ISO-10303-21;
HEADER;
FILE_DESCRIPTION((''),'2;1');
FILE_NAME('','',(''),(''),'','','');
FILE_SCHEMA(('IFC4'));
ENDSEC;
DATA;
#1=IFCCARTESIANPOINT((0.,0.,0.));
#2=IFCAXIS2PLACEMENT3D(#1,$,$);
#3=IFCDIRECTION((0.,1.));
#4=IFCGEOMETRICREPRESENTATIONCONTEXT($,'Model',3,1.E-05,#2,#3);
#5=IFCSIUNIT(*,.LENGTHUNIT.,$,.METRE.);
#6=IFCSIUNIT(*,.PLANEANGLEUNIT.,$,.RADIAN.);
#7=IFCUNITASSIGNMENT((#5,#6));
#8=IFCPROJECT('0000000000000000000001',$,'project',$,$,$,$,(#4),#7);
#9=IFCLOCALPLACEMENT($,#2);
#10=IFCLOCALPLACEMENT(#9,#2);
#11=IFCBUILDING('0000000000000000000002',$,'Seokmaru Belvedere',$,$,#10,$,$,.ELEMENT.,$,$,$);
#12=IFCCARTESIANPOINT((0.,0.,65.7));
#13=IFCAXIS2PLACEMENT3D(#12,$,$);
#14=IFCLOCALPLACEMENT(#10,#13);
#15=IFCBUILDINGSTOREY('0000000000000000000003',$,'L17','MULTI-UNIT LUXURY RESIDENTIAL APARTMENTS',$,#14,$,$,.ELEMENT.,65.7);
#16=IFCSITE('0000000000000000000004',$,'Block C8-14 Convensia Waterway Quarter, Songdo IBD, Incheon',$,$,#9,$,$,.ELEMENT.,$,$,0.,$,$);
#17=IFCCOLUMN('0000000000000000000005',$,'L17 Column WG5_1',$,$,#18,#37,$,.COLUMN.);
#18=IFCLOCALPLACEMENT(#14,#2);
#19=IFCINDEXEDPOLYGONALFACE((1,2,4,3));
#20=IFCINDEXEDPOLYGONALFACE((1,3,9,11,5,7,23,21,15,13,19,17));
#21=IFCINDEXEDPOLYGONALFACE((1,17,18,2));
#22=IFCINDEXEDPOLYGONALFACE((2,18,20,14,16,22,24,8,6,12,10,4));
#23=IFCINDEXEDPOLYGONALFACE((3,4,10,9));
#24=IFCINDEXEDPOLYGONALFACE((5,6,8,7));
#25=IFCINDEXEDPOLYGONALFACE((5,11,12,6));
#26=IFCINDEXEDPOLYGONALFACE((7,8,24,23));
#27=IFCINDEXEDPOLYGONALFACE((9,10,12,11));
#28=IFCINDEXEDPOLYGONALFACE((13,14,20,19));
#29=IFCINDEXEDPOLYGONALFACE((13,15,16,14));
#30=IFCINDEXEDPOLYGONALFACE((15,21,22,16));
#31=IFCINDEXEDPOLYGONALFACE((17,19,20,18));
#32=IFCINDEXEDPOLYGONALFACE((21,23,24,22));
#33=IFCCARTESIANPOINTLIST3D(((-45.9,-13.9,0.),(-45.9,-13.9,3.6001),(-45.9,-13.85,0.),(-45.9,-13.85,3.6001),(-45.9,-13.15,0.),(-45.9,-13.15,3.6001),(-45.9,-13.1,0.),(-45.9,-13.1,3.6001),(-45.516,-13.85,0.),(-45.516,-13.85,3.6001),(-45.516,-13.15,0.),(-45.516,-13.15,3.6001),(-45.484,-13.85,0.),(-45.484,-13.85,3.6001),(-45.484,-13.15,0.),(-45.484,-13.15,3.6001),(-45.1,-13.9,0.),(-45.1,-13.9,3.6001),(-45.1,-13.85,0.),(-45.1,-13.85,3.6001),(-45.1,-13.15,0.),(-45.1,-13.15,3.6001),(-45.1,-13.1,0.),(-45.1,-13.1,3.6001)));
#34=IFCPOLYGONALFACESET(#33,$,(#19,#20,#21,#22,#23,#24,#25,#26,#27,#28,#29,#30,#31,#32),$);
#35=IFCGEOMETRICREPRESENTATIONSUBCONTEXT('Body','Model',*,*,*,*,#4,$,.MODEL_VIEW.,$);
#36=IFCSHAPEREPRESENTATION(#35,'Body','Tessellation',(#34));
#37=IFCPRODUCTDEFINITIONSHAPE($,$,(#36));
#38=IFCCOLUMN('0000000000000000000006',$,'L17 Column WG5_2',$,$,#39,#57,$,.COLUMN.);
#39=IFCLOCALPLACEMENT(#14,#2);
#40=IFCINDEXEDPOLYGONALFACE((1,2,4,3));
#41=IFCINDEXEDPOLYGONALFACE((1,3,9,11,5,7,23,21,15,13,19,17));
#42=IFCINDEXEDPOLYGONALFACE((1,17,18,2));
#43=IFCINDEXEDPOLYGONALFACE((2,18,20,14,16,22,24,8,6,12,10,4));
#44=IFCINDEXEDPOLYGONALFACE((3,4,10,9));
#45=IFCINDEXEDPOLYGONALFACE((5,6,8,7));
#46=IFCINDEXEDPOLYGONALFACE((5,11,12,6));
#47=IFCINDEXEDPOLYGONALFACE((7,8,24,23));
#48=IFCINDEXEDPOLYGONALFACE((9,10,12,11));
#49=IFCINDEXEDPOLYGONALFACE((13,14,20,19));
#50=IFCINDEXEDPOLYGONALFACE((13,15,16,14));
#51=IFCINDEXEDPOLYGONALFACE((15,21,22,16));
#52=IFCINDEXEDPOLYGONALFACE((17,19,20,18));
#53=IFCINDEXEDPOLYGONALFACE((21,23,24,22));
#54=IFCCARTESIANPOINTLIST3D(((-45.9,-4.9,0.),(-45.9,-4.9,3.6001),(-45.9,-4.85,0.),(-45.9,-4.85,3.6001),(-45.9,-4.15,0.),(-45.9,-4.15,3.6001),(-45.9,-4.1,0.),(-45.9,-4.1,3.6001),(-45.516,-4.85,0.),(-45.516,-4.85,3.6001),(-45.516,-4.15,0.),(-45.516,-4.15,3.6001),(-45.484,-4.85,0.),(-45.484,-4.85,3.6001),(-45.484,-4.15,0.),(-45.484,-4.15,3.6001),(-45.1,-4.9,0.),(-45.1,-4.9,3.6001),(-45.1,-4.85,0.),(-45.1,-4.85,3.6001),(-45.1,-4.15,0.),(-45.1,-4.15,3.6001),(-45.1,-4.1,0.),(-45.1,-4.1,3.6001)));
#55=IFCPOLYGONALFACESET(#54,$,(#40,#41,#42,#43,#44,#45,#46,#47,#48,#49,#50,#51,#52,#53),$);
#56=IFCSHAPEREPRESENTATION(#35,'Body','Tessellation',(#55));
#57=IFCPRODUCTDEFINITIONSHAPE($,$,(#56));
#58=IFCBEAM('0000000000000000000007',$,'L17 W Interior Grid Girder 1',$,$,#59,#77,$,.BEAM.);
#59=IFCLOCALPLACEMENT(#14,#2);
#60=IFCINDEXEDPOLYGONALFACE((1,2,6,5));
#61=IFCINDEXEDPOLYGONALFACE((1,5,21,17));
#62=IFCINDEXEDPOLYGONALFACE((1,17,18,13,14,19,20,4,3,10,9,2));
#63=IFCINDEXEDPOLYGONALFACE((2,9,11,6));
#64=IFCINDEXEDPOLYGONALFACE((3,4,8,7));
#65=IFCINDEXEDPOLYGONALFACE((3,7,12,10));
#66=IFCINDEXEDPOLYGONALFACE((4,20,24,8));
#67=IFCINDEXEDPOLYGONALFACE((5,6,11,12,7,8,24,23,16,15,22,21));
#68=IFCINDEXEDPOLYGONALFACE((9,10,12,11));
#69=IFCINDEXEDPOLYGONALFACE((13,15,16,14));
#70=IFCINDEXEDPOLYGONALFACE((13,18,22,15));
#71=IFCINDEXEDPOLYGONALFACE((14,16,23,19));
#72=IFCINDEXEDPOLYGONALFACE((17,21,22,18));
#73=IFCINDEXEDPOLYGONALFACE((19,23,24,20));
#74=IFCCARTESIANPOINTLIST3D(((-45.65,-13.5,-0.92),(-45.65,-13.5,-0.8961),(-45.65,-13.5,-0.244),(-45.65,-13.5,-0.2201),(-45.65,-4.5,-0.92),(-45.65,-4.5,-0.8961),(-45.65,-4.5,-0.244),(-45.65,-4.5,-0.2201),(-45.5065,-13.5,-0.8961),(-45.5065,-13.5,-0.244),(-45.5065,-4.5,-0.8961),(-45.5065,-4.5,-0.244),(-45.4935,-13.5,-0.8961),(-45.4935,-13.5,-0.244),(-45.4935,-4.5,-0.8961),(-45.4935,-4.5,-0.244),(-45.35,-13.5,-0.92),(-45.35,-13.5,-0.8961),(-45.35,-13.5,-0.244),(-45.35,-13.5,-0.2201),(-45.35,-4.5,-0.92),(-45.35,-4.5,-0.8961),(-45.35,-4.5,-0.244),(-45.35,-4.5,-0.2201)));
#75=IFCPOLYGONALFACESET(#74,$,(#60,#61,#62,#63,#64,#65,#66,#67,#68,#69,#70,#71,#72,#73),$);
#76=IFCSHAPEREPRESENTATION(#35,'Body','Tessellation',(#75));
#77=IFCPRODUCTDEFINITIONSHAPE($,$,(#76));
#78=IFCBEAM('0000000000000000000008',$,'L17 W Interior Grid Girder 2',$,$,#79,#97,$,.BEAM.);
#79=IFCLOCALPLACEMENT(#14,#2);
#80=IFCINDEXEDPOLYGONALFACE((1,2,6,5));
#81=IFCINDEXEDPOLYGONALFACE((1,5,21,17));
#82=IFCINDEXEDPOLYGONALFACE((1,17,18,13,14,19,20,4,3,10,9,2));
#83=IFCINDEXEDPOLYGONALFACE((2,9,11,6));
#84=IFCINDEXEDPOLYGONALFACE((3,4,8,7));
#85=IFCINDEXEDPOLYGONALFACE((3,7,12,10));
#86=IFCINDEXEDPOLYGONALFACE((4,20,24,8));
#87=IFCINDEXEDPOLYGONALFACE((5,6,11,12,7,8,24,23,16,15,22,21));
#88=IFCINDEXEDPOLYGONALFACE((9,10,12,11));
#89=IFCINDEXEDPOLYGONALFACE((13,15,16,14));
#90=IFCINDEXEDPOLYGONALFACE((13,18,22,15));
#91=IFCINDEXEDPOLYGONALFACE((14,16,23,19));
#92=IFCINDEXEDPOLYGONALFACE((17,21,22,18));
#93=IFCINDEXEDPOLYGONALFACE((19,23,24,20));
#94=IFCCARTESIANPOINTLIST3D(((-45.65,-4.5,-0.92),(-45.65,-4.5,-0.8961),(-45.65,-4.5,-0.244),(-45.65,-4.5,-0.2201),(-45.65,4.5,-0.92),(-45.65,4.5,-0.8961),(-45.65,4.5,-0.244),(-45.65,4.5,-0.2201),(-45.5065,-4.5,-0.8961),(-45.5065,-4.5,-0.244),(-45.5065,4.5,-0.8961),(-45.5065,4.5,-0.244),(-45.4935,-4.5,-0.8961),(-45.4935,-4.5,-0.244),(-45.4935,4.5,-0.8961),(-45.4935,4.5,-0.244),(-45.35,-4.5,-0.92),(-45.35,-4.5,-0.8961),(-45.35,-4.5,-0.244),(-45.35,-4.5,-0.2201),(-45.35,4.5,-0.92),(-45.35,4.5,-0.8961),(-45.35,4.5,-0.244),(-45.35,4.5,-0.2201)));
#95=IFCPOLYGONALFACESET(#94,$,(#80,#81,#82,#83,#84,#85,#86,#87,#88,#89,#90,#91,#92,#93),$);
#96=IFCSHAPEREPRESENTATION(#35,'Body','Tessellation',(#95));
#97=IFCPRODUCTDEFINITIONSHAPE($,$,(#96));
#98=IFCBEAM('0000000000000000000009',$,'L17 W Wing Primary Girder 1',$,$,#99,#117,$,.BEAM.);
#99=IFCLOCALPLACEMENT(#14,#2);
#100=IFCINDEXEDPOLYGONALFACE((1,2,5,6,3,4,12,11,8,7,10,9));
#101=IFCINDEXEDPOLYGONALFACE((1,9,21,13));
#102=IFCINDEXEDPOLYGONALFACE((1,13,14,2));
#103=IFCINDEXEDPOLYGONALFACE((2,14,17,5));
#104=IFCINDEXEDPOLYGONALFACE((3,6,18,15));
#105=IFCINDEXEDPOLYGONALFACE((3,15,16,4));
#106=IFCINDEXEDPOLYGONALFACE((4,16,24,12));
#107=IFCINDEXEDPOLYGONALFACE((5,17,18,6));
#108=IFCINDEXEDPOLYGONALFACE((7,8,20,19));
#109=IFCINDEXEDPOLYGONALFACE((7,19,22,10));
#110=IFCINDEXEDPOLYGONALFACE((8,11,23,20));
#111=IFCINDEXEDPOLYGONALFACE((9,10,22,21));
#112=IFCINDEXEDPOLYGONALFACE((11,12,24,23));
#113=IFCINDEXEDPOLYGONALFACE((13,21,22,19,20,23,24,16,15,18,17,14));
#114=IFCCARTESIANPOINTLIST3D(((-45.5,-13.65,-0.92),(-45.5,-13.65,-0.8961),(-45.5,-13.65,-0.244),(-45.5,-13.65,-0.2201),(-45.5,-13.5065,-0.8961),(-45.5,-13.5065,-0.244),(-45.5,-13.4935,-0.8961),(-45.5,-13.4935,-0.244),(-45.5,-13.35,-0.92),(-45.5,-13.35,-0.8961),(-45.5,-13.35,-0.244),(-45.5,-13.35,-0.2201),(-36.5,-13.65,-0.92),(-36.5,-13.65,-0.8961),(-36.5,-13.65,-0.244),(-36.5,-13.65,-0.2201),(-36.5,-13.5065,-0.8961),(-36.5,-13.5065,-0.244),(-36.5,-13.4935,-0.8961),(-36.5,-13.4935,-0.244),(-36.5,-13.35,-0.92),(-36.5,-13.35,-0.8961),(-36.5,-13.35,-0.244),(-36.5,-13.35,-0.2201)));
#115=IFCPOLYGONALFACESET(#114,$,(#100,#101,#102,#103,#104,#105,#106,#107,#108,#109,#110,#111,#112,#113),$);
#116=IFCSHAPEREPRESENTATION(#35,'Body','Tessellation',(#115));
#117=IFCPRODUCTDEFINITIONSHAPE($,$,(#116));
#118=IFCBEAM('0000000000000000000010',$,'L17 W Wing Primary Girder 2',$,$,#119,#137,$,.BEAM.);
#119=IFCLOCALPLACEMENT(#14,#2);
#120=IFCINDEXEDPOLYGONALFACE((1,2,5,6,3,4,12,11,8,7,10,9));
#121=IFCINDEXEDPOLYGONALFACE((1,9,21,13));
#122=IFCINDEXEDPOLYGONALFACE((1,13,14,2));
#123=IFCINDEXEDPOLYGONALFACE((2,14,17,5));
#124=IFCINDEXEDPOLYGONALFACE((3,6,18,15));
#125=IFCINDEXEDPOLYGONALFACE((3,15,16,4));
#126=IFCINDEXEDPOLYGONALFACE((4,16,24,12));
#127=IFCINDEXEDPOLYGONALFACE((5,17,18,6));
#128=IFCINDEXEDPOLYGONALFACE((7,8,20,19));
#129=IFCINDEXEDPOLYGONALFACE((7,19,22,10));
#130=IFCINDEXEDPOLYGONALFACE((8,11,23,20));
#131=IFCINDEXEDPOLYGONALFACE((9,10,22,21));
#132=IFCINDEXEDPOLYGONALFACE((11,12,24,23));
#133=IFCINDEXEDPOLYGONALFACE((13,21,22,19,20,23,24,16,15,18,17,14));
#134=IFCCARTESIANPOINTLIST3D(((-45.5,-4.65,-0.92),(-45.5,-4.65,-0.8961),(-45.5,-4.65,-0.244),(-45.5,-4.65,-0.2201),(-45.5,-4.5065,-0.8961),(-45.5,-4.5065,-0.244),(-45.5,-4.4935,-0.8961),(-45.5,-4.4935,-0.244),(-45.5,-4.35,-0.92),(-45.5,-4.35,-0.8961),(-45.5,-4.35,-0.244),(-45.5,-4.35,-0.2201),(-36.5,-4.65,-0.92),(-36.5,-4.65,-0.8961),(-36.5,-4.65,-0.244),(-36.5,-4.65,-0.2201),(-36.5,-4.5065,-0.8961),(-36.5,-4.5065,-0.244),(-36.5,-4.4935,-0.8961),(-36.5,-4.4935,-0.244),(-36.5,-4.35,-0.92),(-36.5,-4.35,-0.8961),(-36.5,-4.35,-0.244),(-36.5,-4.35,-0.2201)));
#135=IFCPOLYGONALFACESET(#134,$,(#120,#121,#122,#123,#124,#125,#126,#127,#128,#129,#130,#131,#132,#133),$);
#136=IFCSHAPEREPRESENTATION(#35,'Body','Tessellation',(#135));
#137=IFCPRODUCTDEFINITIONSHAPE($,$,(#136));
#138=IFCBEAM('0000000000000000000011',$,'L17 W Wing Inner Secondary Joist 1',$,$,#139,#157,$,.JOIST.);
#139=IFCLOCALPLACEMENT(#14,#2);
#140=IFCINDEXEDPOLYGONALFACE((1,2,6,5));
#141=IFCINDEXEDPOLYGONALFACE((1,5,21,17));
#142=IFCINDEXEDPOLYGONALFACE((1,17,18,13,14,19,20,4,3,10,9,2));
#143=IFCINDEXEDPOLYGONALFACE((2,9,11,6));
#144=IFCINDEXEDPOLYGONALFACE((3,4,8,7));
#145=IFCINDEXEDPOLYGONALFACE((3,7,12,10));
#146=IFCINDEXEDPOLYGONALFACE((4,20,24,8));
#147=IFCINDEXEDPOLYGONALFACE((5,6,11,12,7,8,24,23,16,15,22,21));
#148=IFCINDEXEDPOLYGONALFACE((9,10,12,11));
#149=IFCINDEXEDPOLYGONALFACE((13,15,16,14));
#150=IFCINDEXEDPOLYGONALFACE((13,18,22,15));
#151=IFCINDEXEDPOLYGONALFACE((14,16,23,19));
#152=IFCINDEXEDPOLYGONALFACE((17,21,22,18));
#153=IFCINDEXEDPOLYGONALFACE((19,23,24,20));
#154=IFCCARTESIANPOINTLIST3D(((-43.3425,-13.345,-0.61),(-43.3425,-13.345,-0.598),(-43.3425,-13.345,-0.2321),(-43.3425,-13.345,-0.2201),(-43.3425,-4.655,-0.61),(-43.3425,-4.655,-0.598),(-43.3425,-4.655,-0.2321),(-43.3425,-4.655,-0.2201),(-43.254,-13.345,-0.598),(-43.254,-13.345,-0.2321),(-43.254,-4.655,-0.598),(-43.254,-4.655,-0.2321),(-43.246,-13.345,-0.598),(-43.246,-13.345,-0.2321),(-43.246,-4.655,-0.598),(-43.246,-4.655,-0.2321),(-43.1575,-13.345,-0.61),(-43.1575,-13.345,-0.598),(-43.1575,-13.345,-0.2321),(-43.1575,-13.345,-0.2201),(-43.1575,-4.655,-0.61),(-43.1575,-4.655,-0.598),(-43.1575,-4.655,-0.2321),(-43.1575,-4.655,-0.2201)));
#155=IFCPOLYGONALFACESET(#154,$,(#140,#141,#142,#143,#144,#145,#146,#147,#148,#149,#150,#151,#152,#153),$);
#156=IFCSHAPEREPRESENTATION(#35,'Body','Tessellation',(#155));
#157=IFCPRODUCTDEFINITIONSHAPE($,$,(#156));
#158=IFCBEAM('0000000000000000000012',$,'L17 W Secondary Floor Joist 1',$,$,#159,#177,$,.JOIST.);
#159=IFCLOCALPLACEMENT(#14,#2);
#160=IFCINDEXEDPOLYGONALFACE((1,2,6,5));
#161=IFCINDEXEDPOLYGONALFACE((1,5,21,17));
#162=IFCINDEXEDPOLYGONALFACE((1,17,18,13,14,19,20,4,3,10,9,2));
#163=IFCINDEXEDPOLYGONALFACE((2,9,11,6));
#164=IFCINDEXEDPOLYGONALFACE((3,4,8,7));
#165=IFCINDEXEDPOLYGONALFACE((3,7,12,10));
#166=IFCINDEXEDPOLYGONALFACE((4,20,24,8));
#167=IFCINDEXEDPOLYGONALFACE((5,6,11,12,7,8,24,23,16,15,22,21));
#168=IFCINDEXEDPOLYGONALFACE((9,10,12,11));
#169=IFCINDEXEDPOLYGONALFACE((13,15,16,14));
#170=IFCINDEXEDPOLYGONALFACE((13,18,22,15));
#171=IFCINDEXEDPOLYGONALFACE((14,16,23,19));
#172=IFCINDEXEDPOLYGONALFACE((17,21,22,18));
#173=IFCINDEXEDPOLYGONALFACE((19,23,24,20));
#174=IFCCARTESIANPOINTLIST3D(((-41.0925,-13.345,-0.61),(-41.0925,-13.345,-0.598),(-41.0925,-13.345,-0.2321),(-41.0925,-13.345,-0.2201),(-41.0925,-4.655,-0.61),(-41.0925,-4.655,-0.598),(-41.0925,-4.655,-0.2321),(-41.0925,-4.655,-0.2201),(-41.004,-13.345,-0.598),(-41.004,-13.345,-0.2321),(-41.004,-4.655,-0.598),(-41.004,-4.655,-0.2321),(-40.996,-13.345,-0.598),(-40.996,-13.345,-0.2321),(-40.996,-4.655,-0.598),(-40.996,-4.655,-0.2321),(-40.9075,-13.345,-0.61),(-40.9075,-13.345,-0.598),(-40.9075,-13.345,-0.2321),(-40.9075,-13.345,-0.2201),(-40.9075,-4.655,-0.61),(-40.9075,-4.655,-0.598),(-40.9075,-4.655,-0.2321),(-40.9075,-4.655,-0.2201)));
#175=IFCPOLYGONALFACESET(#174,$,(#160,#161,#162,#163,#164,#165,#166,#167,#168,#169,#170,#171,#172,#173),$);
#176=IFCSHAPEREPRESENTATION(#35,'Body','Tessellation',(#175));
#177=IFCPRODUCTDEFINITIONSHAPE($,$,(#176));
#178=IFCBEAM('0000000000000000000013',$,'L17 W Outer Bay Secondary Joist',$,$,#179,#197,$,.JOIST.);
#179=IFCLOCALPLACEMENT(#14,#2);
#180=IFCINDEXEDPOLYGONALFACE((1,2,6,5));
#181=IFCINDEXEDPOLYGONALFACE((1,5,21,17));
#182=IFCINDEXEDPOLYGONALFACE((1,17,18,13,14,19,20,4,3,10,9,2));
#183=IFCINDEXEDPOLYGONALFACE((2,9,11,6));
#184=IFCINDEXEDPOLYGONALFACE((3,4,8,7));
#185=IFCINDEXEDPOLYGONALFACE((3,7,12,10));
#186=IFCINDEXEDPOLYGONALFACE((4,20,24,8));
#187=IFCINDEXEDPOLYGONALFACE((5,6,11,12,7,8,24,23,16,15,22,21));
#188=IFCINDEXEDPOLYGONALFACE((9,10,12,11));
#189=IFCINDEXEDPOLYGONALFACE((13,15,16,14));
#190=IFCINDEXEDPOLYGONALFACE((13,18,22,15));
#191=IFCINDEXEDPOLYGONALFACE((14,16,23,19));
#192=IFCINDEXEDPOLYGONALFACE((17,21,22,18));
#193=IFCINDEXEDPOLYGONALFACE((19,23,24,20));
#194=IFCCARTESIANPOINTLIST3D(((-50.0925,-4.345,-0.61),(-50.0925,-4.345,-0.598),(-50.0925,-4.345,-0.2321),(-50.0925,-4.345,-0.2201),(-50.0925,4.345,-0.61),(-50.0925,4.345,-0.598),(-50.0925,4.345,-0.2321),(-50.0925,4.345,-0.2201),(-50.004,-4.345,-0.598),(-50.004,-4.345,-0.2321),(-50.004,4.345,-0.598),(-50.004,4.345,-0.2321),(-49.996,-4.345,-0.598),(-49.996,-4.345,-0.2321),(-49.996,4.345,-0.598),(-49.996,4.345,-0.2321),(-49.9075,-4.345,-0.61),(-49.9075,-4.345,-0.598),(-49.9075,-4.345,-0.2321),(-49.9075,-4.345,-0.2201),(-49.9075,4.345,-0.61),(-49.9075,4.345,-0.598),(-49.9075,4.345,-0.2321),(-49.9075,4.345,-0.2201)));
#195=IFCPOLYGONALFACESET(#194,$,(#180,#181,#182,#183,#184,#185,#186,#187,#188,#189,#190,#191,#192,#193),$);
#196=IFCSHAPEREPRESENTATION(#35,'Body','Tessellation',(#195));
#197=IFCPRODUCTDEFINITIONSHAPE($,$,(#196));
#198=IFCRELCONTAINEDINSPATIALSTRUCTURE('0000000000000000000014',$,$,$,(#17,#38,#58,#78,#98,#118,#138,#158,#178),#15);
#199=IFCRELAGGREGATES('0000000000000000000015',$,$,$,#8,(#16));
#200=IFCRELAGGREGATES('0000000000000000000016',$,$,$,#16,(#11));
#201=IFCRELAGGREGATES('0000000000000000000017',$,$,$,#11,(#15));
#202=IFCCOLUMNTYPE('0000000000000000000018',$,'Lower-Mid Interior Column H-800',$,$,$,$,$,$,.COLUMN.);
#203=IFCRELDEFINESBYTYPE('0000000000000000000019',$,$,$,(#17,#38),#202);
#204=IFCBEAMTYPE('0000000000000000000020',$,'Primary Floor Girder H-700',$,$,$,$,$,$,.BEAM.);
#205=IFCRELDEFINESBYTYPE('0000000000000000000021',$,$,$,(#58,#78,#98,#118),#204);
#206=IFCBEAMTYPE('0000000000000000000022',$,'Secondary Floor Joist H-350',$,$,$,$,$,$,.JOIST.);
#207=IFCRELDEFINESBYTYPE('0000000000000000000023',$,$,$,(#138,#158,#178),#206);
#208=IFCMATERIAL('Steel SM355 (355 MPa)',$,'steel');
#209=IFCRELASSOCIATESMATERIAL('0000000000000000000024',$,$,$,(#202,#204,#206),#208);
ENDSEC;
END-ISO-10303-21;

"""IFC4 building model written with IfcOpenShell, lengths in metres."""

from ifc_helpers import new_model, si_unit, direction, frame, origin, origin_2d, place, context, subcontext, project, spatial, i_section, extrude, source, transform, mapped, material, material_profile, profile_set, type_object, type_shapes, element, save


model = new_model("IFC4")

# Units and contexts
model_context = context("Model", 3, precision=1e-05, world=origin(), true_north=direction((0.0, 1.0)))
body_context = subcontext(model_context, "Body", "Model", "MODEL_VIEW")
ifc_project = project(units=[si_unit("LENGTHUNIT", "METRE"), si_unit("PLANEANGLEUNIT", "RADIAN")], contexts=[model_context])

# Site, building, storey
site_placement = place(None, origin())
site = spatial("IfcSite", under=ifc_project, at=site_placement, Name="Block C8-14 Convensia Waterway Quarter, Songdo IBD, Incheon", CompositionType="ELEMENT", RefElevation=0.0)
building_placement = place(site_placement, origin())
building = spatial("IfcBuilding", under=site, at=building_placement, Name="Seokmaru Belvedere", CompositionType="ELEMENT")
storey_placement = place(building_placement, frame((0.0, 0.0, 65.7)))
storey = spatial("IfcBuildingStorey", under=building, at=storey_placement, Name="L17", Description="MULTI-UNIT LUXURY RESIDENTIAL APARTMENTS", CompositionType="ELEMENT", Elevation=65.7)

# Columns
ifc_material_1 = material(Name="Steel SM355 (355 MPa)", Category="steel")
ifc_material_profile_1 = material_profile(ifc_material_1, i_section(OverallWidth=0.8, OverallDepth=0.8, WebThickness=0.032, FlangeThickness=0.05, at=origin_2d()), Name="H-800x800x32x50")
ifc_profile_set_1 = profile_set([ifc_material_profile_1], Name="Steel SM355 (355 MPa)")
column_type = type_object("IfcColumnType", Name="Lower-Mid Interior Column H-800", PredefinedType="COLUMN", material=ifc_profile_set_1)
shared_shape_1 = source(origin(), body_context, "Body", "SweptSolid", [
    extrude(i_section(OverallWidth=0.8, OverallDepth=0.8, WebThickness=0.032, FlangeThickness=0.05, at=origin_2d()), origin(), (0.0, 0.0, 1.0), 3.6001),
])
type_shapes(column_type, [shared_shape_1])
for number, where, z_axis, x_axis, name in (
    (1, (-45.5, -13.5, 0.0), (0.0, 0.0, 1.0), (1.0, 0.0, 0.0), "L17 Column WG5_1"),
    (2, (-45.5, -4.5, 0.0), (0.0, 0.0, 1.0), (1.0, 0.0, 0.0), "L17 Column WG5_2"),
):
    element("IfcColumn", number, at=place(storey_placement, frame(where, z_axis=z_axis, x_axis=x_axis)), inside=storey, type_object=column_type, Name=name, PredefinedType="COLUMN", context=body_context, shape_type="MappedRepresentation", body=[
        mapped(shared_shape_1, transform((0.0, 0.0, 0.0), scale=1.0)),
    ])

# Beams
ifc_material_profile_2 = material_profile(ifc_material_1, i_section(OverallWidth=0.3, OverallDepth=0.7, WebThickness=0.0129, FlangeThickness=0.0239, at=origin_2d()), Name="H-700x300x13x24")
ifc_profile_set_2 = profile_set([ifc_material_profile_2], Name="Steel SM355 (355 MPa)")
beam_type_1 = type_object("IfcBeamType", Name="Primary Floor Girder H-700", PredefinedType="BEAM", material=ifc_profile_set_2)
shared_shape_2 = source(origin(), body_context, "Body", "SweptSolid", [
    extrude(i_section(OverallWidth=0.3, OverallDepth=0.7, WebThickness=0.0129, FlangeThickness=0.0239, at=origin_2d()), origin(), (0.0, 0.0, 1.0), 9.0),
])
type_shapes(beam_type_1, [shared_shape_2])
for number, where, z_axis, x_axis, name in (
    (3, (-45.5, -13.5, -0.5701), (0.0, 1.0, 0.0), (-1.0, 0.0, 0.0), "L17 W Interior Grid Girder 1"),
    (4, (-45.5, -4.5, -0.5701), (0.0, 1.0, 0.0), (-1.0, 0.0, 0.0), "L17 W Interior Grid Girder 2"),
    (5, (-45.5, -13.5, -0.5701), (1.0, 0.0, 0.0), (0.0, 1.0, 0.0), "L17 W Wing Primary Girder 1"),
    (6, (-45.5, -4.5, -0.5701), (1.0, 0.0, 0.0), (0.0, 1.0, 0.0), "L17 W Wing Primary Girder 2"),
):
    element("IfcBeam", number, at=place(storey_placement, frame(where, z_axis=z_axis, x_axis=x_axis)), inside=storey, type_object=beam_type_1, Name=name, PredefinedType="BEAM", context=body_context, shape_type="MappedRepresentation", body=[
        mapped(shared_shape_2, transform((0.0, 0.0, 0.0), scale=1.0)),
    ])
ifc_material_profile_3 = material_profile(ifc_material_1, i_section(OverallWidth=0.1851, OverallDepth=0.3899, WebThickness=0.0081, FlangeThickness=0.012, at=origin_2d()), Name="H-390x185x8x12")
ifc_profile_set_3 = profile_set([ifc_material_profile_3], Name="Steel SM355 (355 MPa)")
beam_type_2 = type_object("IfcBeamType", Name="Secondary Floor Joist H-350", PredefinedType="JOIST", material=ifc_profile_set_3)
shared_shape_3 = source(origin(), body_context, "Body", "SweptSolid", [
    extrude(i_section(OverallWidth=0.1851, OverallDepth=0.3899, WebThickness=0.0081, FlangeThickness=0.012, at=origin_2d()), origin(), (0.0, 0.0, 1.0), 8.6899),
])
type_shapes(beam_type_2, [shared_shape_3])
for number, where, z_axis, x_axis, name in (
    (7, (-43.25, -13.345, -0.415), (0.0, 1.0, 0.0), (-1.0, 0.0, 0.0), "L17 W Wing Inner Secondary Joist 1"),
    (8, (-41.0, -13.345, -0.415), (0.0, 1.0, 0.0), (-1.0, 0.0, 0.0), "L17 W Secondary Floor Joist 1"),
    (9, (-50.0, -4.345, -0.415), (0.0, 1.0, 0.0), (-1.0, 0.0, 0.0), "L17 W Outer Bay Secondary Joist"),
):
    element("IfcBeam", number, at=place(storey_placement, frame(where, z_axis=z_axis, x_axis=x_axis)), inside=storey, type_object=beam_type_2, Name=name, PredefinedType="JOIST", context=body_context, shape_type="MappedRepresentation", body=[
        mapped(shared_shape_3, transform((0.0, 0.0, 0.0), scale=1.0)),
    ])

save(model, "model.ifc")
